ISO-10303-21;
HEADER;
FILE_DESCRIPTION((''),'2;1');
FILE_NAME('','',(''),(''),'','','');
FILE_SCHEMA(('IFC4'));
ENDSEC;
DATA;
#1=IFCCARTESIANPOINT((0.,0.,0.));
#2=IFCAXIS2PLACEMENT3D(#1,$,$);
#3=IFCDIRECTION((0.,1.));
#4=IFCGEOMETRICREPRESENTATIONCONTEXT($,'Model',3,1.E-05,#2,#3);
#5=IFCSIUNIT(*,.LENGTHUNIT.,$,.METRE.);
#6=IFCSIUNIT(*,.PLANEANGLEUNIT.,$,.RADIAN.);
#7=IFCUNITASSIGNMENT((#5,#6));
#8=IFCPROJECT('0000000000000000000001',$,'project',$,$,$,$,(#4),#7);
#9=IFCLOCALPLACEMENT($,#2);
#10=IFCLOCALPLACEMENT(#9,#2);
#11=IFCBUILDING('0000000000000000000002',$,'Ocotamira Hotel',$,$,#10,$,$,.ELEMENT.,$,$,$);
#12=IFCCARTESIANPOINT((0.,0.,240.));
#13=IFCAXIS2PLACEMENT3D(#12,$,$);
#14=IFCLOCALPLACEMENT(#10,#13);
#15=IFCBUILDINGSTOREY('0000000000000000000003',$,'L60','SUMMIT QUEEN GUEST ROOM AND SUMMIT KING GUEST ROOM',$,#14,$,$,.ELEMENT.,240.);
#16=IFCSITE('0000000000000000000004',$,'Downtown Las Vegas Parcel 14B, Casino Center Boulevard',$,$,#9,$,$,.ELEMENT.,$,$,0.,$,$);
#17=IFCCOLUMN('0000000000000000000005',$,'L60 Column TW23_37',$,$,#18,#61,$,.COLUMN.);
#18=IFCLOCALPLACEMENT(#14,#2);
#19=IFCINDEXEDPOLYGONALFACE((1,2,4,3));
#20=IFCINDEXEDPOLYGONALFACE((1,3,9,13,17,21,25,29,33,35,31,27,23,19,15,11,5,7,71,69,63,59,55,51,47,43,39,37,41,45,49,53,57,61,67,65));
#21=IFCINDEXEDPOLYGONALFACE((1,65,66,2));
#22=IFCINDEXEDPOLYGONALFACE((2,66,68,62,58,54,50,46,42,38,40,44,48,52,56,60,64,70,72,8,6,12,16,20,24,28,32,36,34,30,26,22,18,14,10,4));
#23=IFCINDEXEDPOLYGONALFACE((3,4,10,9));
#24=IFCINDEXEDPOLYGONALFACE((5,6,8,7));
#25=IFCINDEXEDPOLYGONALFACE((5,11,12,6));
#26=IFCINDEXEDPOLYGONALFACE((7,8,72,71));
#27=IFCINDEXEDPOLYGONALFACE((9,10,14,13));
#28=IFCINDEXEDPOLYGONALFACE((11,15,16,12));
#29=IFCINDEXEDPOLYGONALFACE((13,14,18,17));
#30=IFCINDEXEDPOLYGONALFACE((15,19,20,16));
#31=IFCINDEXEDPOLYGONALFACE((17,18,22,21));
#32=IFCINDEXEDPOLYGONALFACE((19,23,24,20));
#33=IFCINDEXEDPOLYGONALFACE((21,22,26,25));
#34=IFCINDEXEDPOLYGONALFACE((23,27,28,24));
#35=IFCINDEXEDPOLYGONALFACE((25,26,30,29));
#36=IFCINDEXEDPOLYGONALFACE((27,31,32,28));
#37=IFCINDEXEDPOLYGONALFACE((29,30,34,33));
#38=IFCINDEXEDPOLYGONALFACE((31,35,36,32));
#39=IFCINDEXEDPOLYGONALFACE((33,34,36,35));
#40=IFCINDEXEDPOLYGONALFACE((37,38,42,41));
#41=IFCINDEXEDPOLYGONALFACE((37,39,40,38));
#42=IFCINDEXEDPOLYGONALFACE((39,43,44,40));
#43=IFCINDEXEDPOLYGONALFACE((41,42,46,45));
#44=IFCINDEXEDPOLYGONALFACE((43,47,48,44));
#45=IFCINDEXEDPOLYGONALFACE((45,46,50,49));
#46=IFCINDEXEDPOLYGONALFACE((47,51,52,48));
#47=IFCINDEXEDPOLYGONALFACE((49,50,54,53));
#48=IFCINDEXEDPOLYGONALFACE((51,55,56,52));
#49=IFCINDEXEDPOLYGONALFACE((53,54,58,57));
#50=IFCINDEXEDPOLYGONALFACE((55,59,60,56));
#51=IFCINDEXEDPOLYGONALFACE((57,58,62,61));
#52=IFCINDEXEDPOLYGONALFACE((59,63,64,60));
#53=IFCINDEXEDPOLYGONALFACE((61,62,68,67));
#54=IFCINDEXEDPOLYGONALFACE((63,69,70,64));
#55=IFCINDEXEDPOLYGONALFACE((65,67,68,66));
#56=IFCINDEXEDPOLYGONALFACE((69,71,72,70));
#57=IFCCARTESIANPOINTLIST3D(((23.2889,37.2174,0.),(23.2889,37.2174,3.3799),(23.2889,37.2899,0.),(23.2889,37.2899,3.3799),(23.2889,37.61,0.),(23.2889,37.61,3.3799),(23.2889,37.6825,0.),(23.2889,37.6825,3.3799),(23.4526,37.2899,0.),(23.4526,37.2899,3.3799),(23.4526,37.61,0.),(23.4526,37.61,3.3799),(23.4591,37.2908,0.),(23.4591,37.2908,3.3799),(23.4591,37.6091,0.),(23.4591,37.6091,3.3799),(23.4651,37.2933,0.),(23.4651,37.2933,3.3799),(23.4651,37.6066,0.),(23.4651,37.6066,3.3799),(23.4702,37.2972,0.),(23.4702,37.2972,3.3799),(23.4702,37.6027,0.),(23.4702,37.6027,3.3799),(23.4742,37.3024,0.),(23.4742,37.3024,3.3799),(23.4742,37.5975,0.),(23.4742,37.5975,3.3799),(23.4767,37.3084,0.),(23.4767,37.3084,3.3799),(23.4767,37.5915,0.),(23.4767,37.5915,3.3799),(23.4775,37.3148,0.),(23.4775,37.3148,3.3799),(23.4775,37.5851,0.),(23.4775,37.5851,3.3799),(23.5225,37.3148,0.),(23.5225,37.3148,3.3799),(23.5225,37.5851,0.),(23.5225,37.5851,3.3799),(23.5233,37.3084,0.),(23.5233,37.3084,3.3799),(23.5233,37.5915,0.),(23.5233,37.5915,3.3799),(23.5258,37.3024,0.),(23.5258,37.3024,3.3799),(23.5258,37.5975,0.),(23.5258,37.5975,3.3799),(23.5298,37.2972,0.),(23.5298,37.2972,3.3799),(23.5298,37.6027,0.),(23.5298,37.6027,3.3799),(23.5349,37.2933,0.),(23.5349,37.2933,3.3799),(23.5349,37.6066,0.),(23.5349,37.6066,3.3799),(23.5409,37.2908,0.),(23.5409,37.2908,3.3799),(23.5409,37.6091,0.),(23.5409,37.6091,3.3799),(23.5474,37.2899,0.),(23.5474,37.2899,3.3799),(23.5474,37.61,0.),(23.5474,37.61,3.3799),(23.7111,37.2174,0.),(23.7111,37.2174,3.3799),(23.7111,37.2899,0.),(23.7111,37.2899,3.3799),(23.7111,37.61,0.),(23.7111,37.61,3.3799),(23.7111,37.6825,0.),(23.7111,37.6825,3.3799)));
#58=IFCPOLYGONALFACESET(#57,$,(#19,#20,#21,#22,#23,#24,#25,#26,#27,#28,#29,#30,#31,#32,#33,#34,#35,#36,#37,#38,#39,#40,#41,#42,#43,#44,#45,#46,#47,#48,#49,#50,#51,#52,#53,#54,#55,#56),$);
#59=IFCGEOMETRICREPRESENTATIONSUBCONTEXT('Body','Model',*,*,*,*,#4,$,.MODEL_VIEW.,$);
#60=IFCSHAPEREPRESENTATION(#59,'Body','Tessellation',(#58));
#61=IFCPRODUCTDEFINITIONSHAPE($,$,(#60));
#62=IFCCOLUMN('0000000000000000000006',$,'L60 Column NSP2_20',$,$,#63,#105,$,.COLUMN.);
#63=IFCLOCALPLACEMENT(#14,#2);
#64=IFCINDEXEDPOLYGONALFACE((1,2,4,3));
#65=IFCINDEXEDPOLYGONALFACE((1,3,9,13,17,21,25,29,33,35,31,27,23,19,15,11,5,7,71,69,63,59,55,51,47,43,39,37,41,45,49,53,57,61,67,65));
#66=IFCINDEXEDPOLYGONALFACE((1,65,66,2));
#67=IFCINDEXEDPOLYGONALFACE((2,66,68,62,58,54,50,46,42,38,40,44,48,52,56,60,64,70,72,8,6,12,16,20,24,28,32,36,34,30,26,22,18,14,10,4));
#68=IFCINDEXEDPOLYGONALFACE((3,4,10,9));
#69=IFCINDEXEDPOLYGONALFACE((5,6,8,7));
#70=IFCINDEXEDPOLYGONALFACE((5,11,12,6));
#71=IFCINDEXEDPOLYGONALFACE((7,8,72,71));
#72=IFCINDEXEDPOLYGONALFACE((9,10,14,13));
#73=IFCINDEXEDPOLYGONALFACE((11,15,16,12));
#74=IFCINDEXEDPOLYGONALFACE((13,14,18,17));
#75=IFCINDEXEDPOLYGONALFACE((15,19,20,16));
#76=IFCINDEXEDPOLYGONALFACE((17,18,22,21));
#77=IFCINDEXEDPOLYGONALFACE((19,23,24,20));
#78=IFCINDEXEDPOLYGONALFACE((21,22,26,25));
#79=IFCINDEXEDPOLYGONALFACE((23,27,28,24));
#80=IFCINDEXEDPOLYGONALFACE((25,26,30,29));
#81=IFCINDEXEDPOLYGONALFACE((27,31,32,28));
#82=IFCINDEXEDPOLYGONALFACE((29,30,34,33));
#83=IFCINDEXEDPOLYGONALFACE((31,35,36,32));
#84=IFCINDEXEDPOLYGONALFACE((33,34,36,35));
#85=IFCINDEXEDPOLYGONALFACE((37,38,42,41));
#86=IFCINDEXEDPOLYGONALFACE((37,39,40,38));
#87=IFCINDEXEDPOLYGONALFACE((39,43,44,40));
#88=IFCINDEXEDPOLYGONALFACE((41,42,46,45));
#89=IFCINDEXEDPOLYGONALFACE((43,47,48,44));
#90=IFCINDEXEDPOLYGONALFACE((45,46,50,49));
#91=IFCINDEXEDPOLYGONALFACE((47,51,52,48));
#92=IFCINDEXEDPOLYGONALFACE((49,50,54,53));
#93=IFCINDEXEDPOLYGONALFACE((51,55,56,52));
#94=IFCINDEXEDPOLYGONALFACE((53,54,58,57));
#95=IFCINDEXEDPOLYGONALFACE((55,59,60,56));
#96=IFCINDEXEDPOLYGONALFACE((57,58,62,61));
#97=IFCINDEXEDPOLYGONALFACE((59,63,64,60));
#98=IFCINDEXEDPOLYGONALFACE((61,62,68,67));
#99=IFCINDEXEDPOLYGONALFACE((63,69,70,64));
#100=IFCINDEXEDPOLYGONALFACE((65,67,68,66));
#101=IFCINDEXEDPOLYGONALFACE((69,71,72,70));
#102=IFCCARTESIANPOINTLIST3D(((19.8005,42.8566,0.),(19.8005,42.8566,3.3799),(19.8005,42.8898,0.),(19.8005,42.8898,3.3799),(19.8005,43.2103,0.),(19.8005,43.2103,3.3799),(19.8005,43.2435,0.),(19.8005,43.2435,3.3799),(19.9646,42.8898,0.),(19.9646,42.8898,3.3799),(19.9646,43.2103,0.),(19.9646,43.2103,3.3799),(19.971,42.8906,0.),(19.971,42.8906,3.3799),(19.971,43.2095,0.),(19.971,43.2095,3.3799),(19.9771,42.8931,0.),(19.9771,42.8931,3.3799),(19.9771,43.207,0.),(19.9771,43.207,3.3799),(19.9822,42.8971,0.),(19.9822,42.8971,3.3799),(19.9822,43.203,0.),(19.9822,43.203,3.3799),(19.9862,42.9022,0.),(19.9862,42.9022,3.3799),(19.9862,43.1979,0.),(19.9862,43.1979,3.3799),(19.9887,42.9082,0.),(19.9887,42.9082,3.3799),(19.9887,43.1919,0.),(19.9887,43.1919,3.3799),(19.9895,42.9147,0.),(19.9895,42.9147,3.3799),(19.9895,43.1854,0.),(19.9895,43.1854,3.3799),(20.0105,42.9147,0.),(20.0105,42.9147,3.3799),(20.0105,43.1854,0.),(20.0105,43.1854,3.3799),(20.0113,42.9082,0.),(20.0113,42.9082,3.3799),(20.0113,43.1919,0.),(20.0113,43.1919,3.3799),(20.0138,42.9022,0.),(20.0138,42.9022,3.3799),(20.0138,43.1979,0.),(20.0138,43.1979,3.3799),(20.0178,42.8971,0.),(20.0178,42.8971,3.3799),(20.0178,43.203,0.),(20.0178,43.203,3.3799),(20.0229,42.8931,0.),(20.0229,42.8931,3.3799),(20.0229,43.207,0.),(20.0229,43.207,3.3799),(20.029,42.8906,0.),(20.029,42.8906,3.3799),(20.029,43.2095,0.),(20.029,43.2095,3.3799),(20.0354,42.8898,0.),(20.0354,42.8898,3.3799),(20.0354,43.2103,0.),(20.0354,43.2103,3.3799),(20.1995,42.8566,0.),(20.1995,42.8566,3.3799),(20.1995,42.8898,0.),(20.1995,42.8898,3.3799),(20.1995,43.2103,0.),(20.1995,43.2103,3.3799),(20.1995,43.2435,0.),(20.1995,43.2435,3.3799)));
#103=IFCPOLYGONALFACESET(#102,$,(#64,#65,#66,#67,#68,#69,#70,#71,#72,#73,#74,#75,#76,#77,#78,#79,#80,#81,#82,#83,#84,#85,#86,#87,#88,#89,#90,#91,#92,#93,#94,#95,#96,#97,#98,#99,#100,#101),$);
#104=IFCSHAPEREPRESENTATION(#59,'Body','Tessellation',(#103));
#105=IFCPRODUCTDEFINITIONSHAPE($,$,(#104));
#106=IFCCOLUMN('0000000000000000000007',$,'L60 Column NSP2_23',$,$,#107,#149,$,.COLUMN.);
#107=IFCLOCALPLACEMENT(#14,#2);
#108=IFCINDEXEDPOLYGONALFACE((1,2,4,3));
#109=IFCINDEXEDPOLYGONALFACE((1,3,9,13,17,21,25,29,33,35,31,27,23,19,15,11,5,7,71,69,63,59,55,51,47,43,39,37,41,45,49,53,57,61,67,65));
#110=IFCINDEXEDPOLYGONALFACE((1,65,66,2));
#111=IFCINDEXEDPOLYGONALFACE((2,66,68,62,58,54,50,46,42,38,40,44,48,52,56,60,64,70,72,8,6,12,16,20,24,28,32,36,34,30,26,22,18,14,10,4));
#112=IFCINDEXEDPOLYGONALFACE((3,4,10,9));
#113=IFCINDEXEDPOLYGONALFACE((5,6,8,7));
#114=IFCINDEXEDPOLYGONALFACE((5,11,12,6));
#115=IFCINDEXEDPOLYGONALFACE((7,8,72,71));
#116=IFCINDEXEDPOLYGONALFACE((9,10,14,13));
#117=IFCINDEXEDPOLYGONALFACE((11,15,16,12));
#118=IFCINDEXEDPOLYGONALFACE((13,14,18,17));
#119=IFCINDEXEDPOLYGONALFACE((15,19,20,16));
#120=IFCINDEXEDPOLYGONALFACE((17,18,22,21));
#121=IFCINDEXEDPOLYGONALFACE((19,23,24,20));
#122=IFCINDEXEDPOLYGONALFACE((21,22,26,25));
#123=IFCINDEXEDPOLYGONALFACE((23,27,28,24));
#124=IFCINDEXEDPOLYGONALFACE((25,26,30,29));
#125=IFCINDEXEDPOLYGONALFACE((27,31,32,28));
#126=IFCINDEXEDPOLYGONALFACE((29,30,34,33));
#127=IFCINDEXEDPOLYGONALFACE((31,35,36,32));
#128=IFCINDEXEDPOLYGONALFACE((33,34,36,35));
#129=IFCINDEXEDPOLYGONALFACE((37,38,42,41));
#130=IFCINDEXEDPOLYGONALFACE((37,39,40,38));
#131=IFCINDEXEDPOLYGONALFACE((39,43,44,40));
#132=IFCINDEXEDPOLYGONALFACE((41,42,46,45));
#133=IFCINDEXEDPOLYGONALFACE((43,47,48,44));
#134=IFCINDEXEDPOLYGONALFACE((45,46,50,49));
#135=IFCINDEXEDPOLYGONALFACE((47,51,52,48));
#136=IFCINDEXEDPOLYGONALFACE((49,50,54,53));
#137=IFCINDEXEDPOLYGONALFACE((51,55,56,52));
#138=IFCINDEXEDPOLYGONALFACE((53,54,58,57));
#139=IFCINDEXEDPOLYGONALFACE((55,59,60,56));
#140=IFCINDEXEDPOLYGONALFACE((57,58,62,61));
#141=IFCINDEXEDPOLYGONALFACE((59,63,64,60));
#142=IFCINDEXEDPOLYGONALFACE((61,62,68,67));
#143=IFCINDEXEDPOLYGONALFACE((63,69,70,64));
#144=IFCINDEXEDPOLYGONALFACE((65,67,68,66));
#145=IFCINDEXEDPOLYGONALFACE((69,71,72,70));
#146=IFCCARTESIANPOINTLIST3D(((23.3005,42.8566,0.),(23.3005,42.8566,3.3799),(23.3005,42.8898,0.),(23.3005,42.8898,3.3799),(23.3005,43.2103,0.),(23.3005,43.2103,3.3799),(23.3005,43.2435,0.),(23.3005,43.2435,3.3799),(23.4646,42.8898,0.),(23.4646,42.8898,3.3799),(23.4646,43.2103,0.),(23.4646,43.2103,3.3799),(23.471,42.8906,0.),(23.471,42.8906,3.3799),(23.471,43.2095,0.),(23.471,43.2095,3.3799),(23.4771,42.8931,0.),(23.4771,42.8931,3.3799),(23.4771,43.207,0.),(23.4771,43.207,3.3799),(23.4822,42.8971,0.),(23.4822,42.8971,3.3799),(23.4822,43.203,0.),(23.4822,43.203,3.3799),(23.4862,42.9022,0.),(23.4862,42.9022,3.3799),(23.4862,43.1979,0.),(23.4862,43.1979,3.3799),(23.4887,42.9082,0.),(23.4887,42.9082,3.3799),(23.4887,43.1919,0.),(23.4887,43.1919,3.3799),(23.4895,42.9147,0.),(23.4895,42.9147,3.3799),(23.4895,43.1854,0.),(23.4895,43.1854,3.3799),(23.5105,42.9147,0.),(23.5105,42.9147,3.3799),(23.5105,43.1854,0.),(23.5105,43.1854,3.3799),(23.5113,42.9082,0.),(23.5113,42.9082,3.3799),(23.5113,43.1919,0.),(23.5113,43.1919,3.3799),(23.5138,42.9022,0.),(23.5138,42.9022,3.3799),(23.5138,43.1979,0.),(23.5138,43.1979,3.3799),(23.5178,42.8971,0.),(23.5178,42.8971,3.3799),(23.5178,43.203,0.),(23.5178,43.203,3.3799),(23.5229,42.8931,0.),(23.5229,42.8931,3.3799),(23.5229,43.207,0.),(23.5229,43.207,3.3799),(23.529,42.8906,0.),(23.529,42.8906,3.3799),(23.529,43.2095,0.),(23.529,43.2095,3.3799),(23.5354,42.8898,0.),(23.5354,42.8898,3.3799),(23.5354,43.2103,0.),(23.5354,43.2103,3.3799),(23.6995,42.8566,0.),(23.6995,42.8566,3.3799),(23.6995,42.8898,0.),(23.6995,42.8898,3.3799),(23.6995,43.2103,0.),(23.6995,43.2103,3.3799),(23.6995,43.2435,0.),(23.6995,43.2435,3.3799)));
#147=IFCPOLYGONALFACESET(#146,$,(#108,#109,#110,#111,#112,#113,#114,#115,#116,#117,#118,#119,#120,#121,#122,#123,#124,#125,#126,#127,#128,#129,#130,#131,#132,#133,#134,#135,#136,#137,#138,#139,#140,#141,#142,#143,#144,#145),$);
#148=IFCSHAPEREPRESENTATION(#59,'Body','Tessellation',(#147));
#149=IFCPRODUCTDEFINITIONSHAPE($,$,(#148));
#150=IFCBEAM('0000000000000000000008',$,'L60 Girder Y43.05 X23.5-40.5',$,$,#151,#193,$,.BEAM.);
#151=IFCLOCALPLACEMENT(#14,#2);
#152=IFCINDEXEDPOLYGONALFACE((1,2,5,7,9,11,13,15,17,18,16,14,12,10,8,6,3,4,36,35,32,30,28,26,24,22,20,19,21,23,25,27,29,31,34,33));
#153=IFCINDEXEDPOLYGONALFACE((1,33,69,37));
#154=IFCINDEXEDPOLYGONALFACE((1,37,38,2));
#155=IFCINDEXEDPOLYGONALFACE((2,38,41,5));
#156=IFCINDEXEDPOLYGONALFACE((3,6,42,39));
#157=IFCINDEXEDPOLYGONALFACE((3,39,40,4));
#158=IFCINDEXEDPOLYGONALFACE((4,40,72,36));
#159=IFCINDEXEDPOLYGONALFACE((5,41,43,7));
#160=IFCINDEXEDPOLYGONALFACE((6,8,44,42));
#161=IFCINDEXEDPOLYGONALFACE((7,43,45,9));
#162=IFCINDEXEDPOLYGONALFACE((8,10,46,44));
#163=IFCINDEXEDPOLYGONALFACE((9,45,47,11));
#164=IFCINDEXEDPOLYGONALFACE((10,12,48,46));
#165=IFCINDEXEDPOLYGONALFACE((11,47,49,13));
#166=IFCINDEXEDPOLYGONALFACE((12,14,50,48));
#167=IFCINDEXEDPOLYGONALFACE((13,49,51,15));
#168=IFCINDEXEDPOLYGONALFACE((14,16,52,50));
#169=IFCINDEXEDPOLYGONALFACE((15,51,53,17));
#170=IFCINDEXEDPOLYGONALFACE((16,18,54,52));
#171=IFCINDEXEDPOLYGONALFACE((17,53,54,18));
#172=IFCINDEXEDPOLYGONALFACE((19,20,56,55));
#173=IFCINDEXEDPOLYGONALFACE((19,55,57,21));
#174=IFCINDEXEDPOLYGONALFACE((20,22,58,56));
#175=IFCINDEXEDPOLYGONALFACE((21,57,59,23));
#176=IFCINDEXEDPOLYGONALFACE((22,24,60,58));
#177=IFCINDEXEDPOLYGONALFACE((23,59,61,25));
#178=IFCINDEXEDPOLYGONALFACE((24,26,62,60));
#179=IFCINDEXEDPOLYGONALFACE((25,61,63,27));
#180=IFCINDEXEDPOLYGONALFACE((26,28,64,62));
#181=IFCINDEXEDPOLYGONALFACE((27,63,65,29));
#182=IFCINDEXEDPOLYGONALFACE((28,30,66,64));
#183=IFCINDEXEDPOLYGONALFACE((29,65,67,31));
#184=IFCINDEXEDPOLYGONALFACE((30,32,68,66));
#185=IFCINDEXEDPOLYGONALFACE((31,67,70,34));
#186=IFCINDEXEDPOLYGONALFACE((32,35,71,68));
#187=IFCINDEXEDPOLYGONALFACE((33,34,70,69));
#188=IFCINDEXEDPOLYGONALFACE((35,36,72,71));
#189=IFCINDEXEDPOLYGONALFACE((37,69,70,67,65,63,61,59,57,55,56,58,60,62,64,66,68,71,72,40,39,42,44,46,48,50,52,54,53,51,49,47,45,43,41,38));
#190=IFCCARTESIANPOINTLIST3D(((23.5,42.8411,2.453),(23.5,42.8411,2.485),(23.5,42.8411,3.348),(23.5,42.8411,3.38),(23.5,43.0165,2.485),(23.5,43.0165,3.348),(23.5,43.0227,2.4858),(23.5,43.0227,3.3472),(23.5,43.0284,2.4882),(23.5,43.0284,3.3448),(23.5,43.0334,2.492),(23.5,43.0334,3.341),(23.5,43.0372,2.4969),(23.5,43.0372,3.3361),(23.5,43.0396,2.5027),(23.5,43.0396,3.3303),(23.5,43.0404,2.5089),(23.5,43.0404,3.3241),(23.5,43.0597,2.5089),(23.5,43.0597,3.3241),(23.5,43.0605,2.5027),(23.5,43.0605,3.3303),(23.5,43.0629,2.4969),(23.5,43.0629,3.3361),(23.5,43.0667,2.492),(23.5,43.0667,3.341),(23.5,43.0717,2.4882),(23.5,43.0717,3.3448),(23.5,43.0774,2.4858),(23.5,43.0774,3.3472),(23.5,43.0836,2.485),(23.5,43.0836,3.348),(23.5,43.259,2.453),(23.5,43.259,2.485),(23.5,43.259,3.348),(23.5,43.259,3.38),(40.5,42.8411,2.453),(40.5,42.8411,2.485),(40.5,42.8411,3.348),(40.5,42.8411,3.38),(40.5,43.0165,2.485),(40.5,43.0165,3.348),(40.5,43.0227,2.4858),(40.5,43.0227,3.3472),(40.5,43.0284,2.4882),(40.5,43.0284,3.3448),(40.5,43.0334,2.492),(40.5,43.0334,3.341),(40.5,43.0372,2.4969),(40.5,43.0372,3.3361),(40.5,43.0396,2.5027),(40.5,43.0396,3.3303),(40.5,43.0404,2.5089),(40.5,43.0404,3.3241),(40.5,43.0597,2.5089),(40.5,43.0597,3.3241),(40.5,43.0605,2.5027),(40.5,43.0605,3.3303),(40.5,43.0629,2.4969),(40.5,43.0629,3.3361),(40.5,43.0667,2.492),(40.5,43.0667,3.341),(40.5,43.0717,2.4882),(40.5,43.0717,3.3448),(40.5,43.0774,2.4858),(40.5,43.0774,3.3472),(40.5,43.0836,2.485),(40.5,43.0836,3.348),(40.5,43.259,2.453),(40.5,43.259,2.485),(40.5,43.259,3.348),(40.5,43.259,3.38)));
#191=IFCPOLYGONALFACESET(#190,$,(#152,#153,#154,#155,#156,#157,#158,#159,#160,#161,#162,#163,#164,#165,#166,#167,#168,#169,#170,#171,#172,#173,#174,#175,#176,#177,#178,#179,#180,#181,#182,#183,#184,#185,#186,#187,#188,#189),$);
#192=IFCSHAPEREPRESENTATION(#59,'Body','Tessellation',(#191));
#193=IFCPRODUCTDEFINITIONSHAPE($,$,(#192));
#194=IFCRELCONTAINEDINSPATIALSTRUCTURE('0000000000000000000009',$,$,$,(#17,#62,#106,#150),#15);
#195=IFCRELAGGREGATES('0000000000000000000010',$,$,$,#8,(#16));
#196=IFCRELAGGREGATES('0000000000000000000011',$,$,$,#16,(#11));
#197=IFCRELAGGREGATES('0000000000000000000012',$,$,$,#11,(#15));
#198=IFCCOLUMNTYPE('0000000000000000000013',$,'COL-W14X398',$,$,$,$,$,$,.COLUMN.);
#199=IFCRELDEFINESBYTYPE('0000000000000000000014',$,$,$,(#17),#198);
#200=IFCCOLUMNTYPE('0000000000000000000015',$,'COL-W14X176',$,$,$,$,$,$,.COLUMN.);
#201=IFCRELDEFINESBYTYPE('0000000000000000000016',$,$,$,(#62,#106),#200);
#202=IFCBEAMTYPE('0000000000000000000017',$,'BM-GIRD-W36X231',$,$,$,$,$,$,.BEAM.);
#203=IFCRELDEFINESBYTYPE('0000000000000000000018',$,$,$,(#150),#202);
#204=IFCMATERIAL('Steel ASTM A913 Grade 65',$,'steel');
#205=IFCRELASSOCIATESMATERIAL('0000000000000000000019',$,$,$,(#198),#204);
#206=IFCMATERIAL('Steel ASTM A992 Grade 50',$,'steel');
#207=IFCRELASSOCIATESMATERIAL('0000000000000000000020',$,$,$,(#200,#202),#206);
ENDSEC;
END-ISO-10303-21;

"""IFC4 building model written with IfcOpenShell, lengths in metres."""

from ifc_helpers import new_model, si_unit, direction, frame, origin, origin_2d, place, context, subcontext, project, spatial, i_section, extrude, source, transform, mapped, material, material_profile, profile_set, type_object, element, save


model = new_model("IFC4")

# Units and contexts
model_context = context("Model", 3, precision=1e-05, world=origin(), true_north=direction((0.0, 1.0)))
body_context = subcontext(model_context, "Body", "Model", "MODEL_VIEW")
ifc_project = project(units=[si_unit("LENGTHUNIT", "METRE"), si_unit("PLANEANGLEUNIT", "RADIAN")], contexts=[model_context])

# Site, building, storey
site_placement = place(None, origin())
site = spatial("IfcSite", under=ifc_project, at=site_placement, Name="Downtown Las Vegas Parcel 14B, Casino Center Boulevard", CompositionType="ELEMENT", RefElevation=0.0)
building_placement = place(site_placement, origin())
building = spatial("IfcBuilding", under=site, at=building_placement, Name="Ocotamira Hotel", CompositionType="ELEMENT")
storey_placement = place(building_placement, frame((0.0, 0.0, 240.0)))
storey = spatial("IfcBuildingStorey", under=building, at=storey_placement, Name="L60", Description="SUMMIT QUEEN GUEST ROOM AND SUMMIT KING GUEST ROOM", CompositionType="ELEMENT", Elevation=240.0)

# Columns
ifc_material_1 = material(Name="Steel ASTM A913 Grade 65", Category="steel")
ifc_material_profile_1 = material_profile(ifc_material_1, i_section(OverallWidth=0.4221, OverallDepth=0.4651, WebThickness=0.0449, FlangeThickness=0.0725, FilletRadius=0.0249, at=origin_2d()), Name="W14X398")
ifc_profile_set_1 = profile_set([ifc_material_profile_1], Name="Steel ASTM A913 Grade 65")
column_type_1 = type_object("IfcColumnType", Name="COL-W14X398", PredefinedType="COLUMN", material=ifc_profile_set_1)
shared_shape_1 = source(origin(), body_context, "Body", "SweptSolid", [
    extrude(i_section(OverallWidth=0.4221, OverallDepth=0.4651, WebThickness=0.0449, FlangeThickness=0.0725, FilletRadius=0.0249, at=origin_2d()), origin(), (0.0, 0.0, 1.0), 3.3799),
])
column_placement = place(storey_placement, frame((23.5, 37.45, 0.0), z_axis=(0.0, 0.0, 1.0), x_axis=(1.0, 0.0, 0.0)))
element("IfcColumn", 1, at=column_placement, inside=storey, type_object=column_type_1, Name="L60 Column TW23_37", PredefinedType="COLUMN", context=body_context, shape_type="MappedRepresentation", body=[
    mapped(shared_shape_1, transform((0.0, 0.0, 0.0), scale=1.0)),
])
ifc_material_2 = material(Name="Steel ASTM A992 Grade 50", Category="steel")
ifc_material_profile_2 = material_profile(ifc_material_2, i_section(OverallWidth=0.3989, OverallDepth=0.387, WebThickness=0.021, FlangeThickness=0.0332, FilletRadius=0.0249, at=origin_2d()), Name="W14X176")
ifc_profile_set_2 = profile_set([ifc_material_profile_2], Name="Steel ASTM A992 Grade 50")
column_type_2 = type_object("IfcColumnType", Name="COL-W14X176", PredefinedType="COLUMN", material=ifc_profile_set_2)
shared_shape_2 = source(origin(), body_context, "Body", "SweptSolid", [
    extrude(i_section(OverallWidth=0.3989, OverallDepth=0.387, WebThickness=0.021, FlangeThickness=0.0332, FilletRadius=0.0249, at=origin_2d()), origin(), (0.0, 0.0, 1.0), 3.3799),
])
for number, where, z_axis, x_axis, name in (
    (2, (20.0, 43.05, 0.0), (0.0, 0.0, 1.0), (1.0, 0.0, 0.0), "L60 Column NSP2_20"),
    (3, (23.5, 43.05, 0.0), (0.0, 0.0, 1.0), (1.0, 0.0, 0.0), "L60 Column NSP2_23"),
):
    element("IfcColumn", number, at=place(storey_placement, frame(where, z_axis=z_axis, x_axis=x_axis)), inside=storey, type_object=column_type_2, Name=name, PredefinedType="COLUMN", context=body_context, shape_type="MappedRepresentation", body=[
        mapped(shared_shape_2, transform((0.0, 0.0, 0.0), scale=1.0)),
    ])

# Beam
ifc_material_profile_3 = material_profile(ifc_material_2, i_section(OverallWidth=0.418, OverallDepth=0.927, WebThickness=0.0193, FlangeThickness=0.032, FilletRadius=0.0239, at=origin_2d()), Name="W36X231")
ifc_profile_set_3 = profile_set([ifc_material_profile_3], Name="Steel ASTM A992 Grade 50")
beam_type_1 = type_object("IfcBeamType", Name="BM-GIRD-W36X231", PredefinedType="BEAM", material=ifc_profile_set_3)
shared_shape_3 = source(origin(), body_context, "Body", "SweptSolid", [
    extrude(i_section(OverallWidth=0.418, OverallDepth=0.927, WebThickness=0.0193, FlangeThickness=0.032, FilletRadius=0.0239, at=origin_2d()), origin(), (0.0, 0.0, 1.0), 17.0),
])
beam_1_placement = place(storey_placement, frame((23.5, 43.05, 2.9165), z_axis=(1.0, 0.0, 0.0), x_axis=(0.0, 1.0, 0.0)))
element("IfcBeam", 4, at=beam_1_placement, inside=storey, type_object=beam_type_1, Name="L60 Girder Y43.05 X23.5-40.5", PredefinedType="BEAM", context=body_context, shape_type="MappedRepresentation", body=[
    mapped(shared_shape_3, transform((0.0, 0.0, 0.0), scale=1.0)),
])

save(model, "model.ifc")
